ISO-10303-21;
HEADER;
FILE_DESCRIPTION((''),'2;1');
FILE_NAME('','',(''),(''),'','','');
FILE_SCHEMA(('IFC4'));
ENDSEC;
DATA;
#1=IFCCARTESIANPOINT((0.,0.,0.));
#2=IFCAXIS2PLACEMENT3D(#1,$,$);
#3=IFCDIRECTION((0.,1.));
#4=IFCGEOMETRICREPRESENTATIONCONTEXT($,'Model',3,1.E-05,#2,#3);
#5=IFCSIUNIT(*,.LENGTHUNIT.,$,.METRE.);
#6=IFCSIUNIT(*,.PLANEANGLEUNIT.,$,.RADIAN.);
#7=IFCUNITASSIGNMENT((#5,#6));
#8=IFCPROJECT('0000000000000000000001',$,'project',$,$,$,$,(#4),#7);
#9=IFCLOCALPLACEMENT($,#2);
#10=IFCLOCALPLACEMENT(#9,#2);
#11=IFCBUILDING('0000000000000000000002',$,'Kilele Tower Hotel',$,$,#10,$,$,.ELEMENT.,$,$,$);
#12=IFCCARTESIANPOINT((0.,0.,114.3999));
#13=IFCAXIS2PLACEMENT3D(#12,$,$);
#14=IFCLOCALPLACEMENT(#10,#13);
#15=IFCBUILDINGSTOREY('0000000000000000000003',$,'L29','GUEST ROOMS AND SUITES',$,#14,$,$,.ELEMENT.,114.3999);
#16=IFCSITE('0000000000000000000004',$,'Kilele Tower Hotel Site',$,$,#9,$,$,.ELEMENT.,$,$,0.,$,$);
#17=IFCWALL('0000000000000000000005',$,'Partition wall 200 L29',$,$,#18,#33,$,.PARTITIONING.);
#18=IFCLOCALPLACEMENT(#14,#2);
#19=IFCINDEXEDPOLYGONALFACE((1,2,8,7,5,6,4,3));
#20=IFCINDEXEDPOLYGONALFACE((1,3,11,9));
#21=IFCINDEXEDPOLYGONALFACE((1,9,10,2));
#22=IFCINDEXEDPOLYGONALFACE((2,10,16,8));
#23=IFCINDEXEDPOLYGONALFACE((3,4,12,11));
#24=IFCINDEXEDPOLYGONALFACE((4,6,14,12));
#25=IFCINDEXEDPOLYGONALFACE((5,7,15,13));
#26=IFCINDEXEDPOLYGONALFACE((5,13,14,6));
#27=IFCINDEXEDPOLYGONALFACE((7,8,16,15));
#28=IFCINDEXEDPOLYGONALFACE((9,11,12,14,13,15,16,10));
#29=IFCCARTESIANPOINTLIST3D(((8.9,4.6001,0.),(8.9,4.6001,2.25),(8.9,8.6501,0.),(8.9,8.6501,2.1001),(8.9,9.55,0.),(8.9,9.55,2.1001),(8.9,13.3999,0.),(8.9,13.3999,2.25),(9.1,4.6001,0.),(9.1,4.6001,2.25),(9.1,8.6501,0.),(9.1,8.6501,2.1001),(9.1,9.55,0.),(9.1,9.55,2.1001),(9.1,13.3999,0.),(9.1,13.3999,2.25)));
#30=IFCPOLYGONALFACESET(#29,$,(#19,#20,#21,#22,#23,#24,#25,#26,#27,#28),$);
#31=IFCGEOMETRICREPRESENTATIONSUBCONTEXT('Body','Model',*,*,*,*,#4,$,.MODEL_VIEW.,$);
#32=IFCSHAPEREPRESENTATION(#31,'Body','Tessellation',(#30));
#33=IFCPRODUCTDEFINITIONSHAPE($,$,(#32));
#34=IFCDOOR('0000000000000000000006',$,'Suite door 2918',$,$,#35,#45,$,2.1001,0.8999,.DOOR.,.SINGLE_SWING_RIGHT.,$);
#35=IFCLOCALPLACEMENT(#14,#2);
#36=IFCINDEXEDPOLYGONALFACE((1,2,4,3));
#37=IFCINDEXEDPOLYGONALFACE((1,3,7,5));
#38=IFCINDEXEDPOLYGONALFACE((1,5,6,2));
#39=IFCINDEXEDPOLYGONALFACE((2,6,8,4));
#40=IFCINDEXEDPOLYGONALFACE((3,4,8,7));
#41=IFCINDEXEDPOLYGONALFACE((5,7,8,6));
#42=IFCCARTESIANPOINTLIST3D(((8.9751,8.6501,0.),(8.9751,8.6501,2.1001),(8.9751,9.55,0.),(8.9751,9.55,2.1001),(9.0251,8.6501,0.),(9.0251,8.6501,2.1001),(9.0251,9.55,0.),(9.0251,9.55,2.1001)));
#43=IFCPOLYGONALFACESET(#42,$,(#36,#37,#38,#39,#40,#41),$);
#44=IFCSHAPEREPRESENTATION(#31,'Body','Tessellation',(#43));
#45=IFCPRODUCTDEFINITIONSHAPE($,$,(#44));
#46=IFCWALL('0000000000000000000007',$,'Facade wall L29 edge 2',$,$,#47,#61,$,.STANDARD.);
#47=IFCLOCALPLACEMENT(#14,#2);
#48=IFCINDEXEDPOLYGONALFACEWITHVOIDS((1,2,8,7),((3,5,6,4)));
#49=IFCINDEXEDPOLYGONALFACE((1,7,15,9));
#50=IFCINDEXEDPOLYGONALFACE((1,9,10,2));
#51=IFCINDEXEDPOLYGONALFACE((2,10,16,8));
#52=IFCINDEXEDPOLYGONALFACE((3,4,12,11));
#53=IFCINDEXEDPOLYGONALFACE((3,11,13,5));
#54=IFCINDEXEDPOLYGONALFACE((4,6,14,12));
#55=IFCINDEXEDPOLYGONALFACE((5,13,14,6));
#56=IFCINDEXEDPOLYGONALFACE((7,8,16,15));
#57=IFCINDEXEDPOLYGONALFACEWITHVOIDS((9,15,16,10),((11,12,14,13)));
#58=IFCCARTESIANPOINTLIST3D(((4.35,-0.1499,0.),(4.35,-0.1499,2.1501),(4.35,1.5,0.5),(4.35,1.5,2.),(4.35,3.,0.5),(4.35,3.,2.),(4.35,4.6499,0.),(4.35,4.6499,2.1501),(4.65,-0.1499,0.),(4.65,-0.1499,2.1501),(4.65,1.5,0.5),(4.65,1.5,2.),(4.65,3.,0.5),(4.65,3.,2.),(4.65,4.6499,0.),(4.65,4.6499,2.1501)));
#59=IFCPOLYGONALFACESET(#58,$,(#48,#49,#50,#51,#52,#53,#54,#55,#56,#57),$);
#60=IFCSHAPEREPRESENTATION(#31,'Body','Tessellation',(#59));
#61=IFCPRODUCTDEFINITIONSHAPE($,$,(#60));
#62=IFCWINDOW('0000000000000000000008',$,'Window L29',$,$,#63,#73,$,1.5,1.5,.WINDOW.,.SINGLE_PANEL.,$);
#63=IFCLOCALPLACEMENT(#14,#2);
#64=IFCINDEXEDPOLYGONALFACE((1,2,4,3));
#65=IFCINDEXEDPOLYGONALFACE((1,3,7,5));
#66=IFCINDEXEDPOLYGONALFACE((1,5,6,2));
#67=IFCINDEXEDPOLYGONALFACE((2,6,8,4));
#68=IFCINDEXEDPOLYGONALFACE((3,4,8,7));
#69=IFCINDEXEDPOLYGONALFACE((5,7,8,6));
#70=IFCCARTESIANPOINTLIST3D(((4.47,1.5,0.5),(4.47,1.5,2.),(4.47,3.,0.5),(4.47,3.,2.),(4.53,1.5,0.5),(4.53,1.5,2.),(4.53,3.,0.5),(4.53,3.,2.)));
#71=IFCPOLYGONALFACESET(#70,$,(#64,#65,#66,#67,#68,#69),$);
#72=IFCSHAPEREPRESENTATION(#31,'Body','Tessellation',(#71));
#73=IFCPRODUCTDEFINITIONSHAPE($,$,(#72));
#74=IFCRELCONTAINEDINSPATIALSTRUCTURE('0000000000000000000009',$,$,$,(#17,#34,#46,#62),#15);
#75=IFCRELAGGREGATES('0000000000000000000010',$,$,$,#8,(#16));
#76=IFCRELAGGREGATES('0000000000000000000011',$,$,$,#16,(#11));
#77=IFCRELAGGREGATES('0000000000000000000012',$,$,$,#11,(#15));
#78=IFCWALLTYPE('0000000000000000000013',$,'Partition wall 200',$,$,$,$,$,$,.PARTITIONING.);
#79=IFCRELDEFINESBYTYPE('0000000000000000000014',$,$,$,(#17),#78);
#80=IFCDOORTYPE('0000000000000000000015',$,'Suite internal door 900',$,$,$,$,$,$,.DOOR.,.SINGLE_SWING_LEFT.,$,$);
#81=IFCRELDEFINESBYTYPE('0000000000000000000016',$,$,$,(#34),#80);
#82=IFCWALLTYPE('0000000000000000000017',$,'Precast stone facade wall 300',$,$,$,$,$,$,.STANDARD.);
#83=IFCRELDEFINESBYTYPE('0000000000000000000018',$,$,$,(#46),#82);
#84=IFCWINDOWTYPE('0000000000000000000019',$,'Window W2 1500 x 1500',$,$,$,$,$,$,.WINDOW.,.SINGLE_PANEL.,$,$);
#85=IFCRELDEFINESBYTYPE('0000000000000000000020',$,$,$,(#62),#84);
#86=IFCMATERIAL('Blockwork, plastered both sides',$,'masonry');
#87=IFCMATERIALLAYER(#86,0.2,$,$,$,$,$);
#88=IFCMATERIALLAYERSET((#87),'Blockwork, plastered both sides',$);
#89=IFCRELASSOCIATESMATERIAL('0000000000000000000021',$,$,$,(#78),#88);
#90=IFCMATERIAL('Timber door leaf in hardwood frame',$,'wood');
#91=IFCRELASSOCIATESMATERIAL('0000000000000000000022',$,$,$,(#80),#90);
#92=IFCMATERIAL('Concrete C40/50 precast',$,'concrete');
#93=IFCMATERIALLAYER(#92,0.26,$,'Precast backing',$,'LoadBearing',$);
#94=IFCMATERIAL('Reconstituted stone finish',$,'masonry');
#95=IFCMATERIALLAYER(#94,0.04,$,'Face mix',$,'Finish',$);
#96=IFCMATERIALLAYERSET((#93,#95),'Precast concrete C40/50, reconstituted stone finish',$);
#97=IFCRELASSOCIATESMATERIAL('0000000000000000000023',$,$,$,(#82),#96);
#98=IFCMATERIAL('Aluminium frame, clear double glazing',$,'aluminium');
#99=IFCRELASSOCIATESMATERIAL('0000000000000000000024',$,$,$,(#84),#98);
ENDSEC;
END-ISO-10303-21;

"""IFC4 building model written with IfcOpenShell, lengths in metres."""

from ifc_helpers import new_model, si_unit, direction, frame, frame_2d, origin, place, context, subcontext, project, spatial, rectangle, extrude, material, layer, layer_set, type_object, element, fill, save


model = new_model("IFC4")

# Units and contexts
model_context = context("Model", 3, precision=1e-05, world=origin(), true_north=direction((0.0, 1.0)))
body_context = subcontext(model_context, "Body", "Model", "MODEL_VIEW")
ifc_project = project(units=[si_unit("LENGTHUNIT", "METRE"), si_unit("PLANEANGLEUNIT", "RADIAN")], contexts=[model_context])

# Site, building, storey
site_placement = place(None, origin())
site = spatial("IfcSite", under=ifc_project, at=site_placement, Name="Kilele Tower Hotel Site", CompositionType="ELEMENT", RefElevation=0.0)
building_placement = place(site_placement, origin())
building = spatial("IfcBuilding", under=site, at=building_placement, Name="Kilele Tower Hotel", CompositionType="ELEMENT")
storey_placement = place(building_placement, frame((0.0, 0.0, 114.3999)))
storey = spatial("IfcBuildingStorey", under=building, at=storey_placement, Name="L29", Description="GUEST ROOMS AND SUITES", CompositionType="ELEMENT", Elevation=114.3999)

# Wall, opening, door
ifc_material_1 = material(Name="Blockwork, plastered both sides", Category="masonry")
ifc_layer_1 = layer(ifc_material_1, 0.2)
ifc_layer_set_1 = layer_set([ifc_layer_1], Name="Blockwork, plastered both sides")
wall_type_1 = type_object("IfcWallType", Name="Partition wall 200", PredefinedType="PARTITIONING", material=ifc_layer_set_1)
wall_1_placement = place(storey_placement, frame((9.0, 4.6001, 0.0), z_axis=(0.0, 0.0, 1.0), x_axis=(0.0, 1.0, 0.0)))
wall_1 = element("IfcWall", 1, at=wall_1_placement, inside=storey, type_object=wall_type_1, Name="Partition wall 200 L29", PredefinedType="PARTITIONING", context=body_context, shape_type="SweptSolid", body=[
    extrude(rectangle(XDim=8.7998, YDim=0.2, at=frame_2d((4.3999, 0.0))), origin(), (0.0, 0.0, 1.0), 2.25),
])
opening_1_placement = place(wall_1_placement, frame((4.05, 0.0, 0.0)))
opening_1 = element("IfcOpeningElement", 2, at=opening_1_placement, cuts=wall_1, PredefinedType="OPENING", context=body_context, shape_type="SweptSolid", body=[
    extrude(rectangle(XDim=0.8999, YDim=2.1001, at=frame_2d((0.45, 1.05))), frame((0.0, 0.1099, 0.0), z_axis=(0.0, -1.0, 0.0), x_axis=(1.0, 0.0, 0.0)), (0.0, 0.0, 1.0), 0.22),
])
ifc_material_2 = material(Name="Timber door leaf in hardwood frame", Category="wood")
door_type = type_object("IfcDoorType", Name="Suite internal door 900", OperationType="SINGLE_SWING_LEFT", PredefinedType="DOOR", material=ifc_material_2)
door_placement = place(opening_1_placement, origin())
door = element("IfcDoor", 3, at=door_placement, inside=storey, type_object=door_type, Name="Suite door 2918", OperationType="SINGLE_SWING_RIGHT", OverallHeight=2.1001, OverallWidth=0.8999, PredefinedType="DOOR", context=body_context, shape_type="SweptSolid", body=[
    extrude(rectangle(XDim=0.8999, YDim=2.1001, at=frame_2d((0.45, 1.05))), frame((0.0, 0.0249, 0.0), z_axis=(0.0, -1.0, 0.0), x_axis=(1.0, 0.0, 0.0)), (0.0, 0.0, 1.0), 0.05),
])
fill(opening_1, door)

# Wall, opening, window
ifc_material_3 = material(Name="Concrete C40/50 precast", Category="concrete")
ifc_layer_2 = layer(ifc_material_3, 0.26, Name="Precast backing", Category="LoadBearing")
ifc_material_4 = material(Name="Reconstituted stone finish", Category="masonry")
ifc_layer_3 = layer(ifc_material_4, 0.04, Name="Face mix", Category="Finish")
ifc_layer_set_2 = layer_set([ifc_layer_2, ifc_layer_3], Name="Precast concrete C40/50, reconstituted stone finish")
wall_type_2 = type_object("IfcWallType", Name="Precast stone facade wall 300", PredefinedType="STANDARD", material=ifc_layer_set_2)
wall_2_placement = place(storey_placement, frame((4.5, 4.6499, 0.0), z_axis=(0.0, 0.0, 1.0), x_axis=(0.0, -1.0, 0.0)))
wall_2 = element("IfcWall", 4, at=wall_2_placement, inside=storey, type_object=wall_type_2, Name="Facade wall L29 edge 2", PredefinedType="STANDARD", context=body_context, shape_type="SweptSolid", body=[
    extrude(rectangle(XDim=4.7998, YDim=0.3, at=frame_2d((2.3999, 0.0))), origin(), (0.0, 0.0, 1.0), 2.1501),
])
opening_2_placement = place(wall_2_placement, frame((1.6499, 0.0, 0.5)))
opening_2 = element("IfcOpeningElement", 5, at=opening_2_placement, cuts=wall_2, PredefinedType="OPENING", context=body_context, shape_type="SweptSolid", body=[
    extrude(rectangle(XDim=1.5, YDim=1.5, at=frame_2d((0.75, 0.75))), frame((0.0, 0.1599, 0.0), z_axis=(0.0, -1.0, 0.0), x_axis=(1.0, 0.0, 0.0)), (0.0, 0.0, 1.0), 0.3201),
])
ifc_material_5 = material(Name="Aluminium frame, clear double glazing", Category="aluminium")
window_type = type_object("IfcWindowType", Name="Window W2 1500 x 1500", PartitioningType="SINGLE_PANEL", PredefinedType="WINDOW", material=ifc_material_5)
window_placement = place(opening_2_placement, origin())
window = element("IfcWindow", 6, at=window_placement, inside=storey, type_object=window_type, Name="Window L29", OverallHeight=1.5, OverallWidth=1.5, PartitioningType="SINGLE_PANEL", PredefinedType="WINDOW", context=body_context, shape_type="SweptSolid", body=[
    extrude(rectangle(XDim=1.5, YDim=1.5, at=frame_2d((0.75, 0.75))), frame((0.0, 0.03, 0.0), z_axis=(0.0, -1.0, 0.0), x_axis=(1.0, 0.0, 0.0)), (0.0, 0.0, 1.0), 0.0601),
])
fill(opening_2, window)

save(model, "model.ifc")
